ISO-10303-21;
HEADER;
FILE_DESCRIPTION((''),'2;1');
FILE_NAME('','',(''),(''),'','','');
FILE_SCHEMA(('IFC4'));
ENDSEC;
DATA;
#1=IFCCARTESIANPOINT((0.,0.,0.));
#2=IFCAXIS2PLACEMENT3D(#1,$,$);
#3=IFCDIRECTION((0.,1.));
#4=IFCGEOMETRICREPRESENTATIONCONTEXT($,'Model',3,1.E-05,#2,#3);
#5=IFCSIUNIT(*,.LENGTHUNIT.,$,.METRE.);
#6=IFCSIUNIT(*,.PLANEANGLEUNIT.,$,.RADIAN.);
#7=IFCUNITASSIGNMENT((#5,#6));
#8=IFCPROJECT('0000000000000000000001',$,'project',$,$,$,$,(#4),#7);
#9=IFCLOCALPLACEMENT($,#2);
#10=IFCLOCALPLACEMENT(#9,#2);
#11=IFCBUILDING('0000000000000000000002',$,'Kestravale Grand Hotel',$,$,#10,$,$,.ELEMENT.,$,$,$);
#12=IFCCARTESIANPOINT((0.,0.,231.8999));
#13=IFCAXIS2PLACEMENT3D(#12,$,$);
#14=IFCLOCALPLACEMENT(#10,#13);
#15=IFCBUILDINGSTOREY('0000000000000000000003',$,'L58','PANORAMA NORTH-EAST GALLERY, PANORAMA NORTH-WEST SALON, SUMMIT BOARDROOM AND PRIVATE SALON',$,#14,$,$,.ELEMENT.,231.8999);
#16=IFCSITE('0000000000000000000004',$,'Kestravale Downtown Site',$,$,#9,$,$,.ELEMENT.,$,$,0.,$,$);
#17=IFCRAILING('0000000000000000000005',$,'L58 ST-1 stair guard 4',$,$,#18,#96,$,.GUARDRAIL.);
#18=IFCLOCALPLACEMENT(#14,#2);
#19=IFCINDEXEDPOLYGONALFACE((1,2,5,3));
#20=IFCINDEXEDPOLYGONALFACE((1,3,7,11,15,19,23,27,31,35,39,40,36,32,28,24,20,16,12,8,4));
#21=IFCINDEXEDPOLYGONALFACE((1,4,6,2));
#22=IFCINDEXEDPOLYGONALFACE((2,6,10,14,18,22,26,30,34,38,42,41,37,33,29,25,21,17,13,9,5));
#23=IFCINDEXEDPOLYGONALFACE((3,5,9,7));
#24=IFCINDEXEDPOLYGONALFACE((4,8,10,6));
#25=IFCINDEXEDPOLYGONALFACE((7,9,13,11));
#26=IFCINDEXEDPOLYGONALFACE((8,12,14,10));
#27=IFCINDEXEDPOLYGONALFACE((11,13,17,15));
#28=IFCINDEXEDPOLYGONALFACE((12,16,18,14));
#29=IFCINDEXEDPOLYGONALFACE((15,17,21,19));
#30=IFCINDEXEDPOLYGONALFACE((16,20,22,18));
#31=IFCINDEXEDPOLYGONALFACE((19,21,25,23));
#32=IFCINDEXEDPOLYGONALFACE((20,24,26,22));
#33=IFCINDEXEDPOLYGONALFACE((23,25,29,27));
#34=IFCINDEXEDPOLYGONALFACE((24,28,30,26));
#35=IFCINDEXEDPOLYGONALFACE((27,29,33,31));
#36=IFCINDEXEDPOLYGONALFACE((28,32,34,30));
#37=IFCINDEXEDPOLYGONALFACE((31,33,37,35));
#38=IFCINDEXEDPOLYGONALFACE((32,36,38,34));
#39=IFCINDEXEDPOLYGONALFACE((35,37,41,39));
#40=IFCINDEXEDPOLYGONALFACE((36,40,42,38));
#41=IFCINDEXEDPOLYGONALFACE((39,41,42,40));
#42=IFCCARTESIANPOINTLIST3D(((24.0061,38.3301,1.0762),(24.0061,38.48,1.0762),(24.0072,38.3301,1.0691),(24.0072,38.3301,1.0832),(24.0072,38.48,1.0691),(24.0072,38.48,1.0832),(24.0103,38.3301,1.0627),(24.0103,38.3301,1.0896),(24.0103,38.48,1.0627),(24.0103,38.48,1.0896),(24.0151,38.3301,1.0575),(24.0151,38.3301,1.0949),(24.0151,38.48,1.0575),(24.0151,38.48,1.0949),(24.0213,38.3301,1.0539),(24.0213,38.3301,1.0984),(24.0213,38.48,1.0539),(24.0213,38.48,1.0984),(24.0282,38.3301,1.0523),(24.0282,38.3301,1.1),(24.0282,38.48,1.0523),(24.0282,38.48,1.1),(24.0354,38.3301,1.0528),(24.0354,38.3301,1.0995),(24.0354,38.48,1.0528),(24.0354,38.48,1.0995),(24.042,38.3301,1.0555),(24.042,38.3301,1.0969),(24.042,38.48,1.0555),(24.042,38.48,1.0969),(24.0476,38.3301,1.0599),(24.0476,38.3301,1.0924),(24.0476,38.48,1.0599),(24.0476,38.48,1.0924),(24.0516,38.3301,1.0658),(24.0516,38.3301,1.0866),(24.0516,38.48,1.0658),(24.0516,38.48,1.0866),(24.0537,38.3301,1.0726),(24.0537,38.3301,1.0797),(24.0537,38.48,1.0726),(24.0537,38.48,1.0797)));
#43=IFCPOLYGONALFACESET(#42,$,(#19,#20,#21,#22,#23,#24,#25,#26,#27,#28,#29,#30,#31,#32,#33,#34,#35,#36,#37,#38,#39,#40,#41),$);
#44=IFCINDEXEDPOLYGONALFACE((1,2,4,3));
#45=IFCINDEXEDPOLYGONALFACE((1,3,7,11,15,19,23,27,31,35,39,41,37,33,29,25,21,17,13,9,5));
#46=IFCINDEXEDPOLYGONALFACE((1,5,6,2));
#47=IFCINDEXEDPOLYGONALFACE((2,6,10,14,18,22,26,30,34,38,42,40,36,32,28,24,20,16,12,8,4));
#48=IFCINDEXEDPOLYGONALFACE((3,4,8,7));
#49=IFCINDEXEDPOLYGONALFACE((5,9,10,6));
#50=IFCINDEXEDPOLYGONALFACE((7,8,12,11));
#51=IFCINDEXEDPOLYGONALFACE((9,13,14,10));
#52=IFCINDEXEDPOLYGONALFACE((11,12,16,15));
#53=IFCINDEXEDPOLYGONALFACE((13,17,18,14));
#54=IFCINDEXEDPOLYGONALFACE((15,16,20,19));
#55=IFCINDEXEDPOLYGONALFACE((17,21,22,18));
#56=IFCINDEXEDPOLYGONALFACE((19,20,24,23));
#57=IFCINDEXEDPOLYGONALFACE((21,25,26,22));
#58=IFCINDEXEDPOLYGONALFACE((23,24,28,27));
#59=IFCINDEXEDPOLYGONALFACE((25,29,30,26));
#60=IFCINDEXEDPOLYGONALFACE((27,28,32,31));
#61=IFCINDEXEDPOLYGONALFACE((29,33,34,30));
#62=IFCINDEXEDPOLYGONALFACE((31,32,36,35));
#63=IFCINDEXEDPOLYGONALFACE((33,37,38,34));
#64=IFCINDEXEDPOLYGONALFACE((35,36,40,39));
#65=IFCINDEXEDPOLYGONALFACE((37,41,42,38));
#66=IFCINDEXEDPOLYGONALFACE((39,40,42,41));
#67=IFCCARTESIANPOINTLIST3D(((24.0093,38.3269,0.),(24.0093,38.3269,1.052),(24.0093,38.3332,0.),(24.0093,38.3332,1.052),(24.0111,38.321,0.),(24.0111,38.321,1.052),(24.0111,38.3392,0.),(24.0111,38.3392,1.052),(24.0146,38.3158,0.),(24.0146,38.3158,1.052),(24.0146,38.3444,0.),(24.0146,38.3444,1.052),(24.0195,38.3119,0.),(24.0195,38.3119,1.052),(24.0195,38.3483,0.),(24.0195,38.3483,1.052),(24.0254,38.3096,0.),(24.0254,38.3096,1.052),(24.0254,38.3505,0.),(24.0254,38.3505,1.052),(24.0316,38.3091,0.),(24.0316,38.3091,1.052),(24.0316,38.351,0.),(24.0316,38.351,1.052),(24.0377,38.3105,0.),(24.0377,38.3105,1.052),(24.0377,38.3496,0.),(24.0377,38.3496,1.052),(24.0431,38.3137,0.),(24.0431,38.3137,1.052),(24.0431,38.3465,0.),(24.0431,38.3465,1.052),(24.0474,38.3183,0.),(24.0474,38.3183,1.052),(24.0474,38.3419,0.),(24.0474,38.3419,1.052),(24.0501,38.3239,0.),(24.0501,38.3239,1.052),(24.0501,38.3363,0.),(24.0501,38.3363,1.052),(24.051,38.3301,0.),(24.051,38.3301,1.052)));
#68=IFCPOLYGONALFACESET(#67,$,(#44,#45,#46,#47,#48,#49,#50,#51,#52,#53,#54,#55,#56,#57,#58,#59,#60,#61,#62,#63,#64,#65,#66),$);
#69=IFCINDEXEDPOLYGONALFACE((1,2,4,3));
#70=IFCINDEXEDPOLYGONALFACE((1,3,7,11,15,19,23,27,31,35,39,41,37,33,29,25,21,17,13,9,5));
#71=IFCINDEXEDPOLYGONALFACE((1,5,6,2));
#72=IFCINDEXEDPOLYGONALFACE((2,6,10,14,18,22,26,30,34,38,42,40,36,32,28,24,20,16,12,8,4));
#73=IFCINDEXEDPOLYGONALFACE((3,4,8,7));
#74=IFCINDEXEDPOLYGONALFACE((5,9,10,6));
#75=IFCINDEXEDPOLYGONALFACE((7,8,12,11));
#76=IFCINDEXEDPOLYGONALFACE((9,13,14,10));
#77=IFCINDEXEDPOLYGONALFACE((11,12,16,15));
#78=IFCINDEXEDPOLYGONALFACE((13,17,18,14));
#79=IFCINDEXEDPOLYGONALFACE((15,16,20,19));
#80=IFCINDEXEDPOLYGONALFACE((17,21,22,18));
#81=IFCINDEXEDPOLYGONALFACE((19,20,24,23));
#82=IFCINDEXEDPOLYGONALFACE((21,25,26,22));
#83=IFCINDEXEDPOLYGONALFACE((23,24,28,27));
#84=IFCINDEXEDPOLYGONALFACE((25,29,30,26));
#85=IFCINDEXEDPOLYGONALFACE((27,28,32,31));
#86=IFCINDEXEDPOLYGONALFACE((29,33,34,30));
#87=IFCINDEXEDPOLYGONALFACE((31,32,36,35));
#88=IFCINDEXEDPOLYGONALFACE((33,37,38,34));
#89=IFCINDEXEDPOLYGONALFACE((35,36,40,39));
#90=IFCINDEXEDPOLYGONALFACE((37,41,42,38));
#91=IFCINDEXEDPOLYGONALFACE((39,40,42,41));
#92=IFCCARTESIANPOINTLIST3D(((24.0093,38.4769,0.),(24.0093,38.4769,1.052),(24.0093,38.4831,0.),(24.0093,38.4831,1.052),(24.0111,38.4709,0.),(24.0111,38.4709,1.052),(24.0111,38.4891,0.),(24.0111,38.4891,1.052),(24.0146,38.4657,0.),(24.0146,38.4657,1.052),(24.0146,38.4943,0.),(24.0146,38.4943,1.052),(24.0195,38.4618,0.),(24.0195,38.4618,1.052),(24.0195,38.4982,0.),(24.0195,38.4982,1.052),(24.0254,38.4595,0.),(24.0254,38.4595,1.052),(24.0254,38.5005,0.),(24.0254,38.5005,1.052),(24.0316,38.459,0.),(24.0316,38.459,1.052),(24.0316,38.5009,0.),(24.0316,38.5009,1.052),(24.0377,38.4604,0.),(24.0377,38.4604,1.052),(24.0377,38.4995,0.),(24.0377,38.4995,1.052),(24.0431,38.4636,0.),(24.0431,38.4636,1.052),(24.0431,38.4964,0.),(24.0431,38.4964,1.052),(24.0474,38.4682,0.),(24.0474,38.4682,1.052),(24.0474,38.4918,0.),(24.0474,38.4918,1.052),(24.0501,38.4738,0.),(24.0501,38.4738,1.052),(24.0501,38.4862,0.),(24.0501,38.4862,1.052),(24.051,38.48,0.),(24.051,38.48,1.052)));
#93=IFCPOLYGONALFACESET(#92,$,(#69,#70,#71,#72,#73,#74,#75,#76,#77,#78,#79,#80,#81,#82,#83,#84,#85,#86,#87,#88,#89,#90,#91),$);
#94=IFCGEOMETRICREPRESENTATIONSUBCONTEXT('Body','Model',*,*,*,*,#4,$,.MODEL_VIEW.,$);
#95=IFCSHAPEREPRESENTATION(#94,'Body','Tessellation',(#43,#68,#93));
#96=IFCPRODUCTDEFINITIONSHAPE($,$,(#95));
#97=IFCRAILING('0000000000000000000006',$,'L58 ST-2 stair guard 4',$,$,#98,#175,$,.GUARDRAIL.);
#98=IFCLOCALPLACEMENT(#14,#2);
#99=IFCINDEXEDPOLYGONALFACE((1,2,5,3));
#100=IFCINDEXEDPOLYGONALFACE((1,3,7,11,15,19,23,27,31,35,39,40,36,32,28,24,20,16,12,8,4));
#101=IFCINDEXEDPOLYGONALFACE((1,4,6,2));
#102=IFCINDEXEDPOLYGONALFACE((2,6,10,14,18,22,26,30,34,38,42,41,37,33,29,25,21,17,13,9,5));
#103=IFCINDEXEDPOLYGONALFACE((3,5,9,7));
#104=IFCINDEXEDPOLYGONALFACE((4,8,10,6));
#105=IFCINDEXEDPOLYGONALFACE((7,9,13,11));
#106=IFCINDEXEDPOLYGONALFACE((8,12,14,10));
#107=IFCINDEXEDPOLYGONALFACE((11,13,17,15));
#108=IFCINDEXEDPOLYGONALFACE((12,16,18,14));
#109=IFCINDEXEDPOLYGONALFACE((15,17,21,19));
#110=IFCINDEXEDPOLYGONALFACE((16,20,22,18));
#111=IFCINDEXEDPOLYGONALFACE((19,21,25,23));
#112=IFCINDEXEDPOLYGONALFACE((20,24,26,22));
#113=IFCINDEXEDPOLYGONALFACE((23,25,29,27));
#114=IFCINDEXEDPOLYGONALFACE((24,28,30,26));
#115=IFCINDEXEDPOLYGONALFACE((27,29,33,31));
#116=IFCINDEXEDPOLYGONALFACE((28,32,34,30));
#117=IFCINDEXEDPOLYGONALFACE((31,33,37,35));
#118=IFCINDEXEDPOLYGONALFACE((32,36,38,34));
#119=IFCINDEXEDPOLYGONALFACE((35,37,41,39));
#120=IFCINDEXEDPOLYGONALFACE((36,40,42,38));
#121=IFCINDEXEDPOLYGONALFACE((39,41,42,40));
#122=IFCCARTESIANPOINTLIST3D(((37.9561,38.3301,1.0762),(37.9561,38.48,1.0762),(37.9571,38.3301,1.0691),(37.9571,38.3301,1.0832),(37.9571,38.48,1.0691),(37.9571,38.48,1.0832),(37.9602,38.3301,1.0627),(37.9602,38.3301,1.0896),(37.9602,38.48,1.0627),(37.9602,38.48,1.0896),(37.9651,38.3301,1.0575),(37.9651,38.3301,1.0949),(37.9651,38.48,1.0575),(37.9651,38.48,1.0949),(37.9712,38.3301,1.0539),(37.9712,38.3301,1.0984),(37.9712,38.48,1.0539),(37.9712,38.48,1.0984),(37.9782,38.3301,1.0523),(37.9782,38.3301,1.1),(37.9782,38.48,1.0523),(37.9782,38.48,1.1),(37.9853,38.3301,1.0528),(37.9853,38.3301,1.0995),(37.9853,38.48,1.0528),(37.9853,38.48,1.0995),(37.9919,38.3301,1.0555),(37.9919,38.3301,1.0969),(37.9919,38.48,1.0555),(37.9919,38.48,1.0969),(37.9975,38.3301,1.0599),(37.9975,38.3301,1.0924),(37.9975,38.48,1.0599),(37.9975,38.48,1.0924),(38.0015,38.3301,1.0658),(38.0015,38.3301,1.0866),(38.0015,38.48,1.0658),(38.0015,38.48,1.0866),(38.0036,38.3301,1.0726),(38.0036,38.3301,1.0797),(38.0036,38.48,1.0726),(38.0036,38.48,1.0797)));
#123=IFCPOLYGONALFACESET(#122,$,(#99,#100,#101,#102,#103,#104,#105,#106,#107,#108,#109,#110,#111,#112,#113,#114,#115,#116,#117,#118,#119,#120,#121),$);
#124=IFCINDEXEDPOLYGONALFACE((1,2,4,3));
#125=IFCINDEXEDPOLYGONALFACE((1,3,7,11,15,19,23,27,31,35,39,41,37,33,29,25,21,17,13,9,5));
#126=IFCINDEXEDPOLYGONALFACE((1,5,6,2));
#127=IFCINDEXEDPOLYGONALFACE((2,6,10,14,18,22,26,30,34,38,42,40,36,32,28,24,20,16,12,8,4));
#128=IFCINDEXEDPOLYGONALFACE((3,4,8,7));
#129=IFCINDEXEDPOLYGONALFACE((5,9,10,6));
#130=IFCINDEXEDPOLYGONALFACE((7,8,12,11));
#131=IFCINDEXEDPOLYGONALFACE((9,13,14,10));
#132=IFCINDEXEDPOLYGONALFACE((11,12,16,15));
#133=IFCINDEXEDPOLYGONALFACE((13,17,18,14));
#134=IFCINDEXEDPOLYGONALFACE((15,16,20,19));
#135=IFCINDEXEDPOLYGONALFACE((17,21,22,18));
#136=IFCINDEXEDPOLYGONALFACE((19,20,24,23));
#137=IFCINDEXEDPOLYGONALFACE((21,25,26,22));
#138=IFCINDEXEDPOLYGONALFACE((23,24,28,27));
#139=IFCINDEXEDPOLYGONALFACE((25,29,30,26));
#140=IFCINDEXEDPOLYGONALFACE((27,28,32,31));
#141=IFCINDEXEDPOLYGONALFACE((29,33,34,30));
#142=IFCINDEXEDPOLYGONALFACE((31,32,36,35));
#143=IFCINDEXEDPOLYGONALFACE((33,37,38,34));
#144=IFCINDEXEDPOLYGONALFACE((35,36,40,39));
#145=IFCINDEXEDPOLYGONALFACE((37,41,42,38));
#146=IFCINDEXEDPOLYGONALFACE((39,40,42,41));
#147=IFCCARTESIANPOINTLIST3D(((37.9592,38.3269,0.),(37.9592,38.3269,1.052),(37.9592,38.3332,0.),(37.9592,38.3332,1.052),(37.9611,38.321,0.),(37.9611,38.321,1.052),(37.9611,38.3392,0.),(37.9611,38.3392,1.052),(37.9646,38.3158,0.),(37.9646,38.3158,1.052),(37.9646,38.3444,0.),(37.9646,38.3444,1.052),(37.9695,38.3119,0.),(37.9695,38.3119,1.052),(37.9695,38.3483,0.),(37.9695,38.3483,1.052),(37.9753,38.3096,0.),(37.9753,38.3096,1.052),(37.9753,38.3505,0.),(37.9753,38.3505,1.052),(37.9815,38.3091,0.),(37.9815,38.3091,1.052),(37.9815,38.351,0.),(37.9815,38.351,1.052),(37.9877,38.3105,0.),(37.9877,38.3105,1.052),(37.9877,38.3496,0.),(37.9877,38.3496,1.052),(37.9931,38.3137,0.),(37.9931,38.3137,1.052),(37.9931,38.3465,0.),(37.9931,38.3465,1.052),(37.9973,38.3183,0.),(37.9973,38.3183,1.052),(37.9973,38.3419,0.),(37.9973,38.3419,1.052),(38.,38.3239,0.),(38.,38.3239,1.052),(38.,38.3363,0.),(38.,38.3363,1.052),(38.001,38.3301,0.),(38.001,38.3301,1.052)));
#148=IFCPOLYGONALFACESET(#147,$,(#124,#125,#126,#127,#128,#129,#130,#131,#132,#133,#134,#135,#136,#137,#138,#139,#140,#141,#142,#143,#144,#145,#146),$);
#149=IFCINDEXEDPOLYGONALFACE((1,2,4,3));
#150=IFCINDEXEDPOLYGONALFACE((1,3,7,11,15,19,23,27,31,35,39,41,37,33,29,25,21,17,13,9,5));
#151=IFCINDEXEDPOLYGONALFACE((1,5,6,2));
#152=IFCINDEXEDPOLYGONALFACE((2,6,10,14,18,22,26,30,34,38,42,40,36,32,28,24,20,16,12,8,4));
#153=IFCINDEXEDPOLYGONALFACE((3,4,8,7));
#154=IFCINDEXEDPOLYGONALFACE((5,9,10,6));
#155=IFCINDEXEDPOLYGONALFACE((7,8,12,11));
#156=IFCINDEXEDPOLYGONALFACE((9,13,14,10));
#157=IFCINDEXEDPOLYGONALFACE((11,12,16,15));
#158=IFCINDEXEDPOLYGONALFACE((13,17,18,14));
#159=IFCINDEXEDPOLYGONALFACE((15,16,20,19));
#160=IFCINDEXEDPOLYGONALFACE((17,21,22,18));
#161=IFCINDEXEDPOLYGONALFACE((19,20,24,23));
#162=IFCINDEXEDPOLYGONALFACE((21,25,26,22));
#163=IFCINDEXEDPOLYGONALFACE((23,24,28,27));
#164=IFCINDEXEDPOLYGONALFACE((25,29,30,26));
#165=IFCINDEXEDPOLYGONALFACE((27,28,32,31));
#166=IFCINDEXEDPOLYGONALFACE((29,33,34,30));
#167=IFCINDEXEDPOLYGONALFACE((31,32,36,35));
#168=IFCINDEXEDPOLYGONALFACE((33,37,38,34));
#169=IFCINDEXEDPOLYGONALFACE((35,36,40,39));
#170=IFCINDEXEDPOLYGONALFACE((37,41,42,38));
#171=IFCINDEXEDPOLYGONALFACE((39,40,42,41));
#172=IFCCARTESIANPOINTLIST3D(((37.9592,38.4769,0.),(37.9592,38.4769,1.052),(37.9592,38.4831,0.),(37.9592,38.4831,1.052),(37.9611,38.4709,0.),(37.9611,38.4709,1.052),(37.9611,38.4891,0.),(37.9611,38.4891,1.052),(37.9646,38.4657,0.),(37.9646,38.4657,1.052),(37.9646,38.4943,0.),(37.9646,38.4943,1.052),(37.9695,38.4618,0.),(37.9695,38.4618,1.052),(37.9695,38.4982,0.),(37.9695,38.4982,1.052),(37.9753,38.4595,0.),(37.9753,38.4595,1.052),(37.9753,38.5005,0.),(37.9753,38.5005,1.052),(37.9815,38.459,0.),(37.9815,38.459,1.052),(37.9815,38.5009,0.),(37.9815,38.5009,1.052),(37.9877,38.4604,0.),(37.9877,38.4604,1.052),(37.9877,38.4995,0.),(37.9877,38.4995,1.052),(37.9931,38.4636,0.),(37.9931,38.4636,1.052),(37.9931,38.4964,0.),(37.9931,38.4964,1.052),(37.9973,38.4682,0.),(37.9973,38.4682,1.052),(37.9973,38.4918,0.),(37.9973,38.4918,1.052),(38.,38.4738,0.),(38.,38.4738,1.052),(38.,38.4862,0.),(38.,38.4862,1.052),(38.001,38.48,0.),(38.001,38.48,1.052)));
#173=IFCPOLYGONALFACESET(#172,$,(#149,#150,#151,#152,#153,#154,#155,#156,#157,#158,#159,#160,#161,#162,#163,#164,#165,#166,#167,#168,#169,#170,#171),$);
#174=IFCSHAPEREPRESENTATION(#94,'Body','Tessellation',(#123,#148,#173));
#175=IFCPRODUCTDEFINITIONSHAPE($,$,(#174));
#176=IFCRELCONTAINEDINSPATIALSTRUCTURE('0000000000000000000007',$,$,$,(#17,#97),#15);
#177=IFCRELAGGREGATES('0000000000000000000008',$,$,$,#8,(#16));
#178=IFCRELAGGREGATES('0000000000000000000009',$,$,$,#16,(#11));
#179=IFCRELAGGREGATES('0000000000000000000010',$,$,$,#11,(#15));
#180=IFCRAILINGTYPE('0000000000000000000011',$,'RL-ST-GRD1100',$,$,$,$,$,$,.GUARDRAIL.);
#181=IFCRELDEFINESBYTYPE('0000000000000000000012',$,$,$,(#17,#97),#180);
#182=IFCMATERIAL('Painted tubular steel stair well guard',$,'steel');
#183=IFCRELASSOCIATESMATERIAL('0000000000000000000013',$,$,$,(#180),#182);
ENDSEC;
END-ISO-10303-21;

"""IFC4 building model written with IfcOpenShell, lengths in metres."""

from ifc_helpers import new_model, si_unit, direction, frame, origin, origin_2d, place, context, subcontext, project, spatial, circle, extrude, material, type_object, element, save


model = new_model("IFC4")

# Units and contexts
model_context = context("Model", 3, precision=1e-05, world=origin(), true_north=direction((0.0, 1.0)))
body_context = subcontext(model_context, "Body", "Model", "MODEL_VIEW")
ifc_project = project(units=[si_unit("LENGTHUNIT", "METRE"), si_unit("PLANEANGLEUNIT", "RADIAN")], contexts=[model_context])

# Site, building, storey
site_placement = place(None, origin())
site = spatial("IfcSite", under=ifc_project, at=site_placement, Name="Kestravale Downtown Site", CompositionType="ELEMENT", RefElevation=0.0)
building_placement = place(site_placement, origin())
building = spatial("IfcBuilding", under=site, at=building_placement, Name="Kestravale Grand Hotel", CompositionType="ELEMENT")
storey_placement = place(building_placement, frame((0.0, 0.0, 231.8999)))
storey = spatial("IfcBuildingStorey", under=building, at=storey_placement, Name="L58", Description="PANORAMA NORTH-EAST GALLERY, PANORAMA NORTH-WEST SALON, SUMMIT BOARDROOM AND PRIVATE SALON", CompositionType="ELEMENT", Elevation=231.8999)

# Railings
ifc_material_1 = material(Name="Painted tubular steel stair well guard", Category="steel")
railing_type_1 = type_object("IfcRailingType", Name="RL-ST-GRD1100", PredefinedType="GUARDRAIL", material=ifc_material_1)
for number, where, name in (
    (1, (24.03, 38.3301, 0.0), "L58 ST-1 stair guard 4"),
    (2, (37.98, 38.3301, 0.0), "L58 ST-2 stair guard 4"),
):
    element("IfcRailing", number, at=place(storey_placement, frame(where)), inside=storey, type_object=railing_type_1, Name=name, PredefinedType="GUARDRAIL", context=body_context, shape_type="SweptSolid", body=[
        extrude(circle(Radius=0.0239, at=origin_2d()), frame((0.0, 0.0, 1.0762), z_axis=(0.0, 1.0, 0.0), x_axis=(-1.0, 0.0, 0.0)), (0.0, 0.0, 1.0), 0.1499),
        extrude(circle(Radius=0.021, at=origin_2d()), origin(), (0.0, 0.0, 1.0), 1.052),
        extrude(circle(Radius=0.021, at=origin_2d()), frame((0.0, 0.1499, 0.0)), (0.0, 0.0, 1.0), 1.052),
    ])

save(model, "model.ifc")
